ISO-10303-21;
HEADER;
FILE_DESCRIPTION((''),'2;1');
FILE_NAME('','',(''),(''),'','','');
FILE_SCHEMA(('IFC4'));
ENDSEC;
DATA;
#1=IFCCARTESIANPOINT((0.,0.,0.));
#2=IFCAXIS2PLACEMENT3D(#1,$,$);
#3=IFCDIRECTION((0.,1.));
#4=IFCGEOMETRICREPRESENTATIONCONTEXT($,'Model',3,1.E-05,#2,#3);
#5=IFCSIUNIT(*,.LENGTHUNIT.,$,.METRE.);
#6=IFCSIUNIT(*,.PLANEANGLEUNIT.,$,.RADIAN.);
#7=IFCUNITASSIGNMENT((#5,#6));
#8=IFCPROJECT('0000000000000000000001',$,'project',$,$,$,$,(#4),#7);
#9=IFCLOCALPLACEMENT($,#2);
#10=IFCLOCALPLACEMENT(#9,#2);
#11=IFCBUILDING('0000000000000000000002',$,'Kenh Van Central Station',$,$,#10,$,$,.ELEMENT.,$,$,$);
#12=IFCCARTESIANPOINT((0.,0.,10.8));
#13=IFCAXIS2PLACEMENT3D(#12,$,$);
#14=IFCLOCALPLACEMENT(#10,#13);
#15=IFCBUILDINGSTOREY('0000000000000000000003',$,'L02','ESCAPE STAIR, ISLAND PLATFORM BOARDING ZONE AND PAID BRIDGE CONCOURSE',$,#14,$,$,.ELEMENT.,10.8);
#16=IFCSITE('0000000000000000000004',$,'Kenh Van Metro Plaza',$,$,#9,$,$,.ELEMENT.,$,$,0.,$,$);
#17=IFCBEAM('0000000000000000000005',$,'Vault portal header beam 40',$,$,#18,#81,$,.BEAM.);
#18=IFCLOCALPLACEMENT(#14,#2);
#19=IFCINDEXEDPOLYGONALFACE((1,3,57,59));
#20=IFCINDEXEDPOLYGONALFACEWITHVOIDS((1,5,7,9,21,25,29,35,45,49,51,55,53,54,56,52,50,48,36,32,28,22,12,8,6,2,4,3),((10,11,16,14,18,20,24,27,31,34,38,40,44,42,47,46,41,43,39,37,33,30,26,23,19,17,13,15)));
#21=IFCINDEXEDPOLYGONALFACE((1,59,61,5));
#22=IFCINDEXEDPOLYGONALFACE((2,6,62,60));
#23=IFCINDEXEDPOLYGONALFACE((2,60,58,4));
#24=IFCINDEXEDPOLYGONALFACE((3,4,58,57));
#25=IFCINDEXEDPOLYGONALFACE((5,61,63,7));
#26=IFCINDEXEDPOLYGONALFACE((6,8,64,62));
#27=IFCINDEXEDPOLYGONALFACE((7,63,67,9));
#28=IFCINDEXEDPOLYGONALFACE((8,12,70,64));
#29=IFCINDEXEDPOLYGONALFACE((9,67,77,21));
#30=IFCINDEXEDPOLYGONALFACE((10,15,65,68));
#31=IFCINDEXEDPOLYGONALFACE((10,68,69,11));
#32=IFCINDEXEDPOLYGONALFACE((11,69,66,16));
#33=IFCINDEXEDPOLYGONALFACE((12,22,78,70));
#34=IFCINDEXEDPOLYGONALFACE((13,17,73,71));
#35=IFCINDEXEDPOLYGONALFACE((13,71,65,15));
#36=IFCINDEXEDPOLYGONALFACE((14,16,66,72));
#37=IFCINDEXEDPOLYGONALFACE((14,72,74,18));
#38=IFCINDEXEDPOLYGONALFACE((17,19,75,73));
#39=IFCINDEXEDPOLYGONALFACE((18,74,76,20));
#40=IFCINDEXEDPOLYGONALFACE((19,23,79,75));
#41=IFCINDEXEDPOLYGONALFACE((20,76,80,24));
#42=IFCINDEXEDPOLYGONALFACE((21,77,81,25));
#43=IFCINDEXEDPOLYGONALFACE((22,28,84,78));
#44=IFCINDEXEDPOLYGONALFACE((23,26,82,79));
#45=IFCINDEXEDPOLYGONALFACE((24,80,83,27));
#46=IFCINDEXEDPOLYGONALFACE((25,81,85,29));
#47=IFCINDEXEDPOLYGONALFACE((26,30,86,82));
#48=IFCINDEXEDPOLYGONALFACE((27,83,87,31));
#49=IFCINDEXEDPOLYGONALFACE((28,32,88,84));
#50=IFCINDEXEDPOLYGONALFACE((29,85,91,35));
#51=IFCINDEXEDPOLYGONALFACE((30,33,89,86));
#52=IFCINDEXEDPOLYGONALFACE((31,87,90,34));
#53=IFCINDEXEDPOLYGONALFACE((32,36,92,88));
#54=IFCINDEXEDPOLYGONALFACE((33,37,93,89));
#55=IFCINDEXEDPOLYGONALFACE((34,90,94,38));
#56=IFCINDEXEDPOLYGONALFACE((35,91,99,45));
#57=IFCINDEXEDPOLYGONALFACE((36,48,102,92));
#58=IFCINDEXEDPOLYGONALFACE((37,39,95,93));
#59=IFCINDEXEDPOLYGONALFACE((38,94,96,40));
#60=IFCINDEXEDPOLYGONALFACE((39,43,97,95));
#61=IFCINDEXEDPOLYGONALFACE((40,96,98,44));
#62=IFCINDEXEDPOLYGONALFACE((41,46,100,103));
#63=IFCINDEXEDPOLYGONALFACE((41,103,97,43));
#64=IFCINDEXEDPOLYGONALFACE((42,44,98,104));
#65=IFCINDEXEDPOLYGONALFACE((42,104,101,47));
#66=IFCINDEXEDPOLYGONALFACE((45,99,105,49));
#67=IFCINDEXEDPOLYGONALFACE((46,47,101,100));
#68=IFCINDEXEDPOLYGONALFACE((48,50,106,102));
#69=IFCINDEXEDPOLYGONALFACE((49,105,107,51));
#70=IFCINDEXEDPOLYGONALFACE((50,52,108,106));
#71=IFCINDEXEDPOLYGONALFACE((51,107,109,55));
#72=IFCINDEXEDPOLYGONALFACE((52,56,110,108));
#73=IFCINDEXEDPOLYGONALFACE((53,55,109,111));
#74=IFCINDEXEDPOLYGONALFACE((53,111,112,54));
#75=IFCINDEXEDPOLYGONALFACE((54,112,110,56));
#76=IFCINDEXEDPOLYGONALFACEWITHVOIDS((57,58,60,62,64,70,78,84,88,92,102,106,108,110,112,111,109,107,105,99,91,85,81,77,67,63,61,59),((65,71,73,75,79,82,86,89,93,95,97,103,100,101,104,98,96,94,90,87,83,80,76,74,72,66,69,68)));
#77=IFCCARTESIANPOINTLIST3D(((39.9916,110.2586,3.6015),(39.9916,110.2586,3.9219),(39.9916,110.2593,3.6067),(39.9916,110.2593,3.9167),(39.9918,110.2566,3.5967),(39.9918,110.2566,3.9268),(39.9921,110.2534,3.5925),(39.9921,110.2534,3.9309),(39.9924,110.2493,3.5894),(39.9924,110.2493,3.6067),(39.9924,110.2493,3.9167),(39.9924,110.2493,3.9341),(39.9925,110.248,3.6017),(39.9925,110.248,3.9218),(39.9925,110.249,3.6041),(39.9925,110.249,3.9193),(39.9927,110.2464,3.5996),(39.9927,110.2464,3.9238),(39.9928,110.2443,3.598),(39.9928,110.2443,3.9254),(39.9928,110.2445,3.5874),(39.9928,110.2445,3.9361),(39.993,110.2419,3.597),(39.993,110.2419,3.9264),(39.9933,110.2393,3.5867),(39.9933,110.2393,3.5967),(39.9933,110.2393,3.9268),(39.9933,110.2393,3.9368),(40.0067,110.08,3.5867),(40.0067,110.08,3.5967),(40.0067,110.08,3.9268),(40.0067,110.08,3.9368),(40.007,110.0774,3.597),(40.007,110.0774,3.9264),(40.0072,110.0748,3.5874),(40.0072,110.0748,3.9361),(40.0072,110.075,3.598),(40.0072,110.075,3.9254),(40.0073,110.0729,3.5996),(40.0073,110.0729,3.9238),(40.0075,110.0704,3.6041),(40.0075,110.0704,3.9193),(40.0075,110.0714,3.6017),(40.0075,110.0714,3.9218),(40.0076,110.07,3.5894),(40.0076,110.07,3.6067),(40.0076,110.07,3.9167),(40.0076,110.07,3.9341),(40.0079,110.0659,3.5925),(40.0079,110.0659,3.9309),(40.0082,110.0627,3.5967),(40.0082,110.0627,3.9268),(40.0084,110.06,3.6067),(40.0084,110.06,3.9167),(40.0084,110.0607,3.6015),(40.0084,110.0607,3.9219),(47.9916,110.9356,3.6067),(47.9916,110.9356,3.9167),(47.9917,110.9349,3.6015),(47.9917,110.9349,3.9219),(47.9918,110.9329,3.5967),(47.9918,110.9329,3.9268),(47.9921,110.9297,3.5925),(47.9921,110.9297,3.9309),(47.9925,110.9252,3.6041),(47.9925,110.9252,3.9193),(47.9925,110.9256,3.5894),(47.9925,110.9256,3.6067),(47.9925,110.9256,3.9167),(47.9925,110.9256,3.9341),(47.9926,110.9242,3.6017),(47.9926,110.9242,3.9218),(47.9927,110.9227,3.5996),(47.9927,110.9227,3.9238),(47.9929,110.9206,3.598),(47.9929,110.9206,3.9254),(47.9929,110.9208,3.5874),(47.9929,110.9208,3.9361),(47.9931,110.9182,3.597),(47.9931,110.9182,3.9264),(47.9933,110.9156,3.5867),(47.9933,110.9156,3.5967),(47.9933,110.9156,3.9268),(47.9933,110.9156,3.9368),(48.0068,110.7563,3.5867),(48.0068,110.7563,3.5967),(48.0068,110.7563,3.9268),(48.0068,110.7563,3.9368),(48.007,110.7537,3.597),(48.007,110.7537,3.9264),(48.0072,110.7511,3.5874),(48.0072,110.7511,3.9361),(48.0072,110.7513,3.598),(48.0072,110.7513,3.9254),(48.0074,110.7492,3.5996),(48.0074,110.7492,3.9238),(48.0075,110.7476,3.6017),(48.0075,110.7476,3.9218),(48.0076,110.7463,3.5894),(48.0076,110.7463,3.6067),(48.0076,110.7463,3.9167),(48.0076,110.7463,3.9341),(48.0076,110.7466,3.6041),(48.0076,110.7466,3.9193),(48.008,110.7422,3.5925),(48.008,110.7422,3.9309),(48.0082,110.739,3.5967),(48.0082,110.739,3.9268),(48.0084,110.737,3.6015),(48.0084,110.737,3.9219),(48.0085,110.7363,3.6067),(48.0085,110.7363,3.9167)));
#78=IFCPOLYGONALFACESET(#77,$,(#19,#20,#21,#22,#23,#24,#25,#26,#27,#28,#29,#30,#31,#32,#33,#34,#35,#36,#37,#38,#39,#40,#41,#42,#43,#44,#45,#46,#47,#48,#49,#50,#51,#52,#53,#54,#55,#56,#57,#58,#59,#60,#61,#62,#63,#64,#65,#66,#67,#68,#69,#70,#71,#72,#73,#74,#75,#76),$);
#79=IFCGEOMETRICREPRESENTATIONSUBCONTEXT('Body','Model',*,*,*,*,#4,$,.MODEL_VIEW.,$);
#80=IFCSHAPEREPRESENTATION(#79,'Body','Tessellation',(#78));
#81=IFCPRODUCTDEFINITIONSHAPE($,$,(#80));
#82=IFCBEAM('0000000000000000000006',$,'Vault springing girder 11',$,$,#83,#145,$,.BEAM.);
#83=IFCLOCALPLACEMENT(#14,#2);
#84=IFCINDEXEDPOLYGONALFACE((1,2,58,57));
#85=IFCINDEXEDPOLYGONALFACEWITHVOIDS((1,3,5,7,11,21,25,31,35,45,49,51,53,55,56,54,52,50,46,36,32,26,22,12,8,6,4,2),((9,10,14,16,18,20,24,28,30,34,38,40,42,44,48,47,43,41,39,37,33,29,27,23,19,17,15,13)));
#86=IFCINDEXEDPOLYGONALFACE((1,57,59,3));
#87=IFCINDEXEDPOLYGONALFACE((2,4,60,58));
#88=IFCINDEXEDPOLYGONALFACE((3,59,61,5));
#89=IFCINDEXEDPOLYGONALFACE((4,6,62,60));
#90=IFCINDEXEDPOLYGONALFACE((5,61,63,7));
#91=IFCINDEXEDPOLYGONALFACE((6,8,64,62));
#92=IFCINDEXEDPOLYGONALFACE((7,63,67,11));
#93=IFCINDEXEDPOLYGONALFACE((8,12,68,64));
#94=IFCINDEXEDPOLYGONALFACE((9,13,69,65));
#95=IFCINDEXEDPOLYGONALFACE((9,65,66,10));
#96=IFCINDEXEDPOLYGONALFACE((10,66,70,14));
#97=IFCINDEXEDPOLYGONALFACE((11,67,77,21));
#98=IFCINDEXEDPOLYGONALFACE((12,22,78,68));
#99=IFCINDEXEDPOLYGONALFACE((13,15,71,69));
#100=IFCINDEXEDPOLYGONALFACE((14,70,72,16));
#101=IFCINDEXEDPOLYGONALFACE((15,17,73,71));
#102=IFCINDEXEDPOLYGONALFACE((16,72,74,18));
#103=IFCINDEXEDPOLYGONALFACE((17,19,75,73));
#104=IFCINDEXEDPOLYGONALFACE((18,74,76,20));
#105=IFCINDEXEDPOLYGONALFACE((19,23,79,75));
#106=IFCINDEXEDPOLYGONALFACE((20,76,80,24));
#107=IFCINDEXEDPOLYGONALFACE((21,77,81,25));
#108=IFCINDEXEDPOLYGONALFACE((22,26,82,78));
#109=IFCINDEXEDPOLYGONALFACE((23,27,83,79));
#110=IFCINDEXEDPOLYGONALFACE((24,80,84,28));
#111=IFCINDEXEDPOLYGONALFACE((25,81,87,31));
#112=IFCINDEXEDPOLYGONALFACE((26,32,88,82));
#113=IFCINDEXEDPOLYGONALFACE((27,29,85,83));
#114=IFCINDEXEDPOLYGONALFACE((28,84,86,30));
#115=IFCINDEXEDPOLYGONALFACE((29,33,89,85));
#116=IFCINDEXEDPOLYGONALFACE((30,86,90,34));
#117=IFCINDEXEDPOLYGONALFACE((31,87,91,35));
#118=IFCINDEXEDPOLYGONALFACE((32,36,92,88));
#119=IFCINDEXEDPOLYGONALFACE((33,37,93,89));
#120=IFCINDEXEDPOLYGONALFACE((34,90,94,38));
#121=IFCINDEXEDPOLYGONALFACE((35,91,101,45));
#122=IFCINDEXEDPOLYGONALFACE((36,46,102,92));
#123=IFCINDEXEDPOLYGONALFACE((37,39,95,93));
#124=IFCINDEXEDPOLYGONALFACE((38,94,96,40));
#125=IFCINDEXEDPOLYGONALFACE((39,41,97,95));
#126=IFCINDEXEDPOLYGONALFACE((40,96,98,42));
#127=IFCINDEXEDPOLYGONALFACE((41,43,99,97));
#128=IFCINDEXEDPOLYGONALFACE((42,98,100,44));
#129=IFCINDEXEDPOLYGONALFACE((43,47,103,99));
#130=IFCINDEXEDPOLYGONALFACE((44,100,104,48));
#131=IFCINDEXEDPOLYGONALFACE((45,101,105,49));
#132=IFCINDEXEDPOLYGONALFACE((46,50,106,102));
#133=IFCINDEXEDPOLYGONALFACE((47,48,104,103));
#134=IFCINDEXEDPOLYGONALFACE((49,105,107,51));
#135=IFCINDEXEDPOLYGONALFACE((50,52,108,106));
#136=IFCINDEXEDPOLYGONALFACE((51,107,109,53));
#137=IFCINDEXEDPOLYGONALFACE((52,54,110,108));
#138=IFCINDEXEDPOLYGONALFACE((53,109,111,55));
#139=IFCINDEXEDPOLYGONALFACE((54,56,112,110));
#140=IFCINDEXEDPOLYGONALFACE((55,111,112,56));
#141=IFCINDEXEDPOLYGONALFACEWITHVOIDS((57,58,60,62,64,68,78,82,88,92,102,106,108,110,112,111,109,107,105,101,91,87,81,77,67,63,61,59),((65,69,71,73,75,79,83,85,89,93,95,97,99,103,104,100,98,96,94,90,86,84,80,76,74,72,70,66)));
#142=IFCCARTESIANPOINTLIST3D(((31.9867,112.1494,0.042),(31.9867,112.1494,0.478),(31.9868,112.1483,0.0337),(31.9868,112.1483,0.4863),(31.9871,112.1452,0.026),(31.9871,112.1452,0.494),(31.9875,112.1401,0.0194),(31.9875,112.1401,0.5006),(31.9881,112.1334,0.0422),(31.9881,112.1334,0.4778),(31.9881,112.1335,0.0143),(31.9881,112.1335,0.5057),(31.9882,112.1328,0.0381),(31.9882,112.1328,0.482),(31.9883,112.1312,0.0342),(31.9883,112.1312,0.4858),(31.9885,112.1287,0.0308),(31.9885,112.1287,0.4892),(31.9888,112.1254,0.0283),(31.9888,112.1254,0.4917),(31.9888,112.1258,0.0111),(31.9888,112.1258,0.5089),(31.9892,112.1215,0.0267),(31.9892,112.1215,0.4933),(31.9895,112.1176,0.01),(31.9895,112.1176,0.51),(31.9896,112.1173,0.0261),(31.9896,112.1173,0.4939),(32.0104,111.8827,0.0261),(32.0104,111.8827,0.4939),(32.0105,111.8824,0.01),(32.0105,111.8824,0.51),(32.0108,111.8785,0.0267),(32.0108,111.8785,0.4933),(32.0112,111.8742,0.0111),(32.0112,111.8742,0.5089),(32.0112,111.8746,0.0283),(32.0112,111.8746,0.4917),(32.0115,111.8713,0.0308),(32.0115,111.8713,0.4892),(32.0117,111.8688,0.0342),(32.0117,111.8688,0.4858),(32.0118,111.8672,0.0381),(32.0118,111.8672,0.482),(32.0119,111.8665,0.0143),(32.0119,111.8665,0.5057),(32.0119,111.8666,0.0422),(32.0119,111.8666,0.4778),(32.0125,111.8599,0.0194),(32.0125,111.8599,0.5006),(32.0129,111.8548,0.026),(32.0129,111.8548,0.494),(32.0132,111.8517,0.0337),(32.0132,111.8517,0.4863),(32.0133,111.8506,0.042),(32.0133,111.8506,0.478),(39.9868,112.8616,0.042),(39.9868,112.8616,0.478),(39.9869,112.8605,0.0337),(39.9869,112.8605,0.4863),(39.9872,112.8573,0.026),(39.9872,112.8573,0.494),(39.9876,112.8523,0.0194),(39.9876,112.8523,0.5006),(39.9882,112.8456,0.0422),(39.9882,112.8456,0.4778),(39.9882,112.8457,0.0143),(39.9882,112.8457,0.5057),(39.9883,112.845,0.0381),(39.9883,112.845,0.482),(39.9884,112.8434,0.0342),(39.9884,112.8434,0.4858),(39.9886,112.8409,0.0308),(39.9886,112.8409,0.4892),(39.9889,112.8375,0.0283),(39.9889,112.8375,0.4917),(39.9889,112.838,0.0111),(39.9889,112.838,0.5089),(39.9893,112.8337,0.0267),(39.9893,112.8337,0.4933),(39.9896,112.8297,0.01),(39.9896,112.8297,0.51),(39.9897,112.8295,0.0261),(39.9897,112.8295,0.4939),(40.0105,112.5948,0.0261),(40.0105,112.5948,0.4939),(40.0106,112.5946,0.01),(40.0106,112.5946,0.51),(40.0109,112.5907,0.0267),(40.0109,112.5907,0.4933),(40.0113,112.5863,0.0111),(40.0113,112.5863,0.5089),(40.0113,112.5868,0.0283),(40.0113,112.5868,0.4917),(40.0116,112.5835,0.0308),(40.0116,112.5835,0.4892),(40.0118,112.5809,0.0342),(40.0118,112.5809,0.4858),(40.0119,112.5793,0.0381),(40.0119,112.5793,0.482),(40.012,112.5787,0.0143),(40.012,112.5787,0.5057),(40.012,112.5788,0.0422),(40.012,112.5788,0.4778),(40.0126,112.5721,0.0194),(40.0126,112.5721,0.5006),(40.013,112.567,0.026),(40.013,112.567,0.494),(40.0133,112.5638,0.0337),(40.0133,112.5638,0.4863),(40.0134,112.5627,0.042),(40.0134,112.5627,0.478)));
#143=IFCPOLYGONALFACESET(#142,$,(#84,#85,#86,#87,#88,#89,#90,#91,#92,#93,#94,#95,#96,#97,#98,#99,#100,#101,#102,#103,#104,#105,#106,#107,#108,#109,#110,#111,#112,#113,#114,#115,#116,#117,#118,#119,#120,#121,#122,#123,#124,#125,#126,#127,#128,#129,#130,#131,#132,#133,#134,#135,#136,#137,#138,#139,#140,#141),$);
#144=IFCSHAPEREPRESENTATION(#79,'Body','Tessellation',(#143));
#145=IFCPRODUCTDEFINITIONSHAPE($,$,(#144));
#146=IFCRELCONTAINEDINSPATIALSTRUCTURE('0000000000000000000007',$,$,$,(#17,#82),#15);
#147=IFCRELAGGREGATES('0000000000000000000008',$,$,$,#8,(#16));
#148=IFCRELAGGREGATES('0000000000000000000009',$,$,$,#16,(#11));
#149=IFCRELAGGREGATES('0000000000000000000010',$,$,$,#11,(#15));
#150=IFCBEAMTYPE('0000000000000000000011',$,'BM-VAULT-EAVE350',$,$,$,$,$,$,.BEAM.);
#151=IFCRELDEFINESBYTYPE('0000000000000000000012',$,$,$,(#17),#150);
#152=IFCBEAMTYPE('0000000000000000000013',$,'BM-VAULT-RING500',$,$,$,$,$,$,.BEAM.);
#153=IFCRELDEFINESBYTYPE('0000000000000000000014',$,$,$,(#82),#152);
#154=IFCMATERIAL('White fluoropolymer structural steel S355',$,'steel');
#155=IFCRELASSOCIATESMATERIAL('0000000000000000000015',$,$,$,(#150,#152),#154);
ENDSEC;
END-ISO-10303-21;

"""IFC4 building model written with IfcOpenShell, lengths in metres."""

from ifc_helpers import new_model, si_unit, direction, frame, origin, origin_2d, place, context, subcontext, project, spatial, hollow_rectangle, extrude, material, material_profile, profile_set, type_object, element, save


model = new_model("IFC4")

# Units and contexts
model_context = context("Model", 3, precision=1e-05, world=origin(), true_north=direction((0.0, 1.0)))
body_context = subcontext(model_context, "Body", "Model", "MODEL_VIEW")
ifc_project = project(units=[si_unit("LENGTHUNIT", "METRE"), si_unit("PLANEANGLEUNIT", "RADIAN")], contexts=[model_context])

# Site, building, storey
site_placement = place(None, origin())
site = spatial("IfcSite", under=ifc_project, at=site_placement, Name="Kenh Van Metro Plaza", CompositionType="ELEMENT", RefElevation=0.0)
building_placement = place(site_placement, origin())
building = spatial("IfcBuilding", under=site, at=building_placement, Name="Kenh Van Central Station", CompositionType="ELEMENT")
storey_placement = place(building_placement, frame((0.0, 0.0, 10.8)))
storey = spatial("IfcBuildingStorey", under=building, at=storey_placement, Name="L02", Description="ESCAPE STAIR, ISLAND PLATFORM BOARDING ZONE AND PAID BRIDGE CONCOURSE", CompositionType="ELEMENT", Elevation=10.8)

# Beams
ifc_material_1 = material(Name="White fluoropolymer structural steel S355", Category="steel")
ifc_material_profile_1 = material_profile(ifc_material_1, hollow_rectangle(XDim=0.2, YDim=0.3501, WallThickness=0.01, InnerFilletRadius=0.01, OuterFilletRadius=0.02, at=origin_2d()), Name="RHS 350x200x10")
ifc_profile_set_1 = profile_set([ifc_material_profile_1], Name="White fluoropolymer structural steel S355")
beam_type_1 = type_object("IfcBeamType", Name="BM-VAULT-EAVE350", PredefinedType="BEAM", material=ifc_profile_set_1)
beam_1_placement = place(storey_placement, frame((40.0, 110.1597, 3.7617), z_axis=(0.996446, 0.084233, 0.0), x_axis=(-0.084233, 0.996446, 0.0)))
element("IfcBeam", 1, at=beam_1_placement, inside=storey, type_object=beam_type_1, Name="Vault portal header beam 40", PredefinedType="BEAM", context=body_context, shape_type="SweptSolid", body=[
    extrude(hollow_rectangle(XDim=0.2, YDim=0.3501, WallThickness=0.01, InnerFilletRadius=0.01, OuterFilletRadius=0.02, at=origin_2d()), origin(), (0.0, 0.0, 1.0), 8.0286),
])
ifc_material_profile_2 = material_profile(ifc_material_1, hollow_rectangle(XDim=0.3, YDim=0.5, WallThickness=0.0161, InnerFilletRadius=0.0161, OuterFilletRadius=0.032, at=origin_2d()), Name="RHS 500x300x16")
ifc_profile_set_2 = profile_set([ifc_material_profile_2], Name="White fluoropolymer structural steel S355")
beam_type_2 = type_object("IfcBeamType", Name="BM-VAULT-RING500", PredefinedType="BEAM", material=ifc_profile_set_2)
beam_2_placement = place(storey_placement, frame((32.0, 112.0, 0.26), z_axis=(0.996061, 0.088669, 0.0), x_axis=(-0.088669, 0.996061, 0.0)))
element("IfcBeam", 2, at=beam_2_placement, inside=storey, type_object=beam_type_2, Name="Vault springing girder 11", PredefinedType="BEAM", context=body_context, shape_type="SweptSolid", body=[
    extrude(hollow_rectangle(XDim=0.3, YDim=0.5, WallThickness=0.0161, InnerFilletRadius=0.0161, OuterFilletRadius=0.032, at=origin_2d()), origin(), (0.0, 0.0, 1.0), 8.0317),
])

save(model, "model.ifc")
